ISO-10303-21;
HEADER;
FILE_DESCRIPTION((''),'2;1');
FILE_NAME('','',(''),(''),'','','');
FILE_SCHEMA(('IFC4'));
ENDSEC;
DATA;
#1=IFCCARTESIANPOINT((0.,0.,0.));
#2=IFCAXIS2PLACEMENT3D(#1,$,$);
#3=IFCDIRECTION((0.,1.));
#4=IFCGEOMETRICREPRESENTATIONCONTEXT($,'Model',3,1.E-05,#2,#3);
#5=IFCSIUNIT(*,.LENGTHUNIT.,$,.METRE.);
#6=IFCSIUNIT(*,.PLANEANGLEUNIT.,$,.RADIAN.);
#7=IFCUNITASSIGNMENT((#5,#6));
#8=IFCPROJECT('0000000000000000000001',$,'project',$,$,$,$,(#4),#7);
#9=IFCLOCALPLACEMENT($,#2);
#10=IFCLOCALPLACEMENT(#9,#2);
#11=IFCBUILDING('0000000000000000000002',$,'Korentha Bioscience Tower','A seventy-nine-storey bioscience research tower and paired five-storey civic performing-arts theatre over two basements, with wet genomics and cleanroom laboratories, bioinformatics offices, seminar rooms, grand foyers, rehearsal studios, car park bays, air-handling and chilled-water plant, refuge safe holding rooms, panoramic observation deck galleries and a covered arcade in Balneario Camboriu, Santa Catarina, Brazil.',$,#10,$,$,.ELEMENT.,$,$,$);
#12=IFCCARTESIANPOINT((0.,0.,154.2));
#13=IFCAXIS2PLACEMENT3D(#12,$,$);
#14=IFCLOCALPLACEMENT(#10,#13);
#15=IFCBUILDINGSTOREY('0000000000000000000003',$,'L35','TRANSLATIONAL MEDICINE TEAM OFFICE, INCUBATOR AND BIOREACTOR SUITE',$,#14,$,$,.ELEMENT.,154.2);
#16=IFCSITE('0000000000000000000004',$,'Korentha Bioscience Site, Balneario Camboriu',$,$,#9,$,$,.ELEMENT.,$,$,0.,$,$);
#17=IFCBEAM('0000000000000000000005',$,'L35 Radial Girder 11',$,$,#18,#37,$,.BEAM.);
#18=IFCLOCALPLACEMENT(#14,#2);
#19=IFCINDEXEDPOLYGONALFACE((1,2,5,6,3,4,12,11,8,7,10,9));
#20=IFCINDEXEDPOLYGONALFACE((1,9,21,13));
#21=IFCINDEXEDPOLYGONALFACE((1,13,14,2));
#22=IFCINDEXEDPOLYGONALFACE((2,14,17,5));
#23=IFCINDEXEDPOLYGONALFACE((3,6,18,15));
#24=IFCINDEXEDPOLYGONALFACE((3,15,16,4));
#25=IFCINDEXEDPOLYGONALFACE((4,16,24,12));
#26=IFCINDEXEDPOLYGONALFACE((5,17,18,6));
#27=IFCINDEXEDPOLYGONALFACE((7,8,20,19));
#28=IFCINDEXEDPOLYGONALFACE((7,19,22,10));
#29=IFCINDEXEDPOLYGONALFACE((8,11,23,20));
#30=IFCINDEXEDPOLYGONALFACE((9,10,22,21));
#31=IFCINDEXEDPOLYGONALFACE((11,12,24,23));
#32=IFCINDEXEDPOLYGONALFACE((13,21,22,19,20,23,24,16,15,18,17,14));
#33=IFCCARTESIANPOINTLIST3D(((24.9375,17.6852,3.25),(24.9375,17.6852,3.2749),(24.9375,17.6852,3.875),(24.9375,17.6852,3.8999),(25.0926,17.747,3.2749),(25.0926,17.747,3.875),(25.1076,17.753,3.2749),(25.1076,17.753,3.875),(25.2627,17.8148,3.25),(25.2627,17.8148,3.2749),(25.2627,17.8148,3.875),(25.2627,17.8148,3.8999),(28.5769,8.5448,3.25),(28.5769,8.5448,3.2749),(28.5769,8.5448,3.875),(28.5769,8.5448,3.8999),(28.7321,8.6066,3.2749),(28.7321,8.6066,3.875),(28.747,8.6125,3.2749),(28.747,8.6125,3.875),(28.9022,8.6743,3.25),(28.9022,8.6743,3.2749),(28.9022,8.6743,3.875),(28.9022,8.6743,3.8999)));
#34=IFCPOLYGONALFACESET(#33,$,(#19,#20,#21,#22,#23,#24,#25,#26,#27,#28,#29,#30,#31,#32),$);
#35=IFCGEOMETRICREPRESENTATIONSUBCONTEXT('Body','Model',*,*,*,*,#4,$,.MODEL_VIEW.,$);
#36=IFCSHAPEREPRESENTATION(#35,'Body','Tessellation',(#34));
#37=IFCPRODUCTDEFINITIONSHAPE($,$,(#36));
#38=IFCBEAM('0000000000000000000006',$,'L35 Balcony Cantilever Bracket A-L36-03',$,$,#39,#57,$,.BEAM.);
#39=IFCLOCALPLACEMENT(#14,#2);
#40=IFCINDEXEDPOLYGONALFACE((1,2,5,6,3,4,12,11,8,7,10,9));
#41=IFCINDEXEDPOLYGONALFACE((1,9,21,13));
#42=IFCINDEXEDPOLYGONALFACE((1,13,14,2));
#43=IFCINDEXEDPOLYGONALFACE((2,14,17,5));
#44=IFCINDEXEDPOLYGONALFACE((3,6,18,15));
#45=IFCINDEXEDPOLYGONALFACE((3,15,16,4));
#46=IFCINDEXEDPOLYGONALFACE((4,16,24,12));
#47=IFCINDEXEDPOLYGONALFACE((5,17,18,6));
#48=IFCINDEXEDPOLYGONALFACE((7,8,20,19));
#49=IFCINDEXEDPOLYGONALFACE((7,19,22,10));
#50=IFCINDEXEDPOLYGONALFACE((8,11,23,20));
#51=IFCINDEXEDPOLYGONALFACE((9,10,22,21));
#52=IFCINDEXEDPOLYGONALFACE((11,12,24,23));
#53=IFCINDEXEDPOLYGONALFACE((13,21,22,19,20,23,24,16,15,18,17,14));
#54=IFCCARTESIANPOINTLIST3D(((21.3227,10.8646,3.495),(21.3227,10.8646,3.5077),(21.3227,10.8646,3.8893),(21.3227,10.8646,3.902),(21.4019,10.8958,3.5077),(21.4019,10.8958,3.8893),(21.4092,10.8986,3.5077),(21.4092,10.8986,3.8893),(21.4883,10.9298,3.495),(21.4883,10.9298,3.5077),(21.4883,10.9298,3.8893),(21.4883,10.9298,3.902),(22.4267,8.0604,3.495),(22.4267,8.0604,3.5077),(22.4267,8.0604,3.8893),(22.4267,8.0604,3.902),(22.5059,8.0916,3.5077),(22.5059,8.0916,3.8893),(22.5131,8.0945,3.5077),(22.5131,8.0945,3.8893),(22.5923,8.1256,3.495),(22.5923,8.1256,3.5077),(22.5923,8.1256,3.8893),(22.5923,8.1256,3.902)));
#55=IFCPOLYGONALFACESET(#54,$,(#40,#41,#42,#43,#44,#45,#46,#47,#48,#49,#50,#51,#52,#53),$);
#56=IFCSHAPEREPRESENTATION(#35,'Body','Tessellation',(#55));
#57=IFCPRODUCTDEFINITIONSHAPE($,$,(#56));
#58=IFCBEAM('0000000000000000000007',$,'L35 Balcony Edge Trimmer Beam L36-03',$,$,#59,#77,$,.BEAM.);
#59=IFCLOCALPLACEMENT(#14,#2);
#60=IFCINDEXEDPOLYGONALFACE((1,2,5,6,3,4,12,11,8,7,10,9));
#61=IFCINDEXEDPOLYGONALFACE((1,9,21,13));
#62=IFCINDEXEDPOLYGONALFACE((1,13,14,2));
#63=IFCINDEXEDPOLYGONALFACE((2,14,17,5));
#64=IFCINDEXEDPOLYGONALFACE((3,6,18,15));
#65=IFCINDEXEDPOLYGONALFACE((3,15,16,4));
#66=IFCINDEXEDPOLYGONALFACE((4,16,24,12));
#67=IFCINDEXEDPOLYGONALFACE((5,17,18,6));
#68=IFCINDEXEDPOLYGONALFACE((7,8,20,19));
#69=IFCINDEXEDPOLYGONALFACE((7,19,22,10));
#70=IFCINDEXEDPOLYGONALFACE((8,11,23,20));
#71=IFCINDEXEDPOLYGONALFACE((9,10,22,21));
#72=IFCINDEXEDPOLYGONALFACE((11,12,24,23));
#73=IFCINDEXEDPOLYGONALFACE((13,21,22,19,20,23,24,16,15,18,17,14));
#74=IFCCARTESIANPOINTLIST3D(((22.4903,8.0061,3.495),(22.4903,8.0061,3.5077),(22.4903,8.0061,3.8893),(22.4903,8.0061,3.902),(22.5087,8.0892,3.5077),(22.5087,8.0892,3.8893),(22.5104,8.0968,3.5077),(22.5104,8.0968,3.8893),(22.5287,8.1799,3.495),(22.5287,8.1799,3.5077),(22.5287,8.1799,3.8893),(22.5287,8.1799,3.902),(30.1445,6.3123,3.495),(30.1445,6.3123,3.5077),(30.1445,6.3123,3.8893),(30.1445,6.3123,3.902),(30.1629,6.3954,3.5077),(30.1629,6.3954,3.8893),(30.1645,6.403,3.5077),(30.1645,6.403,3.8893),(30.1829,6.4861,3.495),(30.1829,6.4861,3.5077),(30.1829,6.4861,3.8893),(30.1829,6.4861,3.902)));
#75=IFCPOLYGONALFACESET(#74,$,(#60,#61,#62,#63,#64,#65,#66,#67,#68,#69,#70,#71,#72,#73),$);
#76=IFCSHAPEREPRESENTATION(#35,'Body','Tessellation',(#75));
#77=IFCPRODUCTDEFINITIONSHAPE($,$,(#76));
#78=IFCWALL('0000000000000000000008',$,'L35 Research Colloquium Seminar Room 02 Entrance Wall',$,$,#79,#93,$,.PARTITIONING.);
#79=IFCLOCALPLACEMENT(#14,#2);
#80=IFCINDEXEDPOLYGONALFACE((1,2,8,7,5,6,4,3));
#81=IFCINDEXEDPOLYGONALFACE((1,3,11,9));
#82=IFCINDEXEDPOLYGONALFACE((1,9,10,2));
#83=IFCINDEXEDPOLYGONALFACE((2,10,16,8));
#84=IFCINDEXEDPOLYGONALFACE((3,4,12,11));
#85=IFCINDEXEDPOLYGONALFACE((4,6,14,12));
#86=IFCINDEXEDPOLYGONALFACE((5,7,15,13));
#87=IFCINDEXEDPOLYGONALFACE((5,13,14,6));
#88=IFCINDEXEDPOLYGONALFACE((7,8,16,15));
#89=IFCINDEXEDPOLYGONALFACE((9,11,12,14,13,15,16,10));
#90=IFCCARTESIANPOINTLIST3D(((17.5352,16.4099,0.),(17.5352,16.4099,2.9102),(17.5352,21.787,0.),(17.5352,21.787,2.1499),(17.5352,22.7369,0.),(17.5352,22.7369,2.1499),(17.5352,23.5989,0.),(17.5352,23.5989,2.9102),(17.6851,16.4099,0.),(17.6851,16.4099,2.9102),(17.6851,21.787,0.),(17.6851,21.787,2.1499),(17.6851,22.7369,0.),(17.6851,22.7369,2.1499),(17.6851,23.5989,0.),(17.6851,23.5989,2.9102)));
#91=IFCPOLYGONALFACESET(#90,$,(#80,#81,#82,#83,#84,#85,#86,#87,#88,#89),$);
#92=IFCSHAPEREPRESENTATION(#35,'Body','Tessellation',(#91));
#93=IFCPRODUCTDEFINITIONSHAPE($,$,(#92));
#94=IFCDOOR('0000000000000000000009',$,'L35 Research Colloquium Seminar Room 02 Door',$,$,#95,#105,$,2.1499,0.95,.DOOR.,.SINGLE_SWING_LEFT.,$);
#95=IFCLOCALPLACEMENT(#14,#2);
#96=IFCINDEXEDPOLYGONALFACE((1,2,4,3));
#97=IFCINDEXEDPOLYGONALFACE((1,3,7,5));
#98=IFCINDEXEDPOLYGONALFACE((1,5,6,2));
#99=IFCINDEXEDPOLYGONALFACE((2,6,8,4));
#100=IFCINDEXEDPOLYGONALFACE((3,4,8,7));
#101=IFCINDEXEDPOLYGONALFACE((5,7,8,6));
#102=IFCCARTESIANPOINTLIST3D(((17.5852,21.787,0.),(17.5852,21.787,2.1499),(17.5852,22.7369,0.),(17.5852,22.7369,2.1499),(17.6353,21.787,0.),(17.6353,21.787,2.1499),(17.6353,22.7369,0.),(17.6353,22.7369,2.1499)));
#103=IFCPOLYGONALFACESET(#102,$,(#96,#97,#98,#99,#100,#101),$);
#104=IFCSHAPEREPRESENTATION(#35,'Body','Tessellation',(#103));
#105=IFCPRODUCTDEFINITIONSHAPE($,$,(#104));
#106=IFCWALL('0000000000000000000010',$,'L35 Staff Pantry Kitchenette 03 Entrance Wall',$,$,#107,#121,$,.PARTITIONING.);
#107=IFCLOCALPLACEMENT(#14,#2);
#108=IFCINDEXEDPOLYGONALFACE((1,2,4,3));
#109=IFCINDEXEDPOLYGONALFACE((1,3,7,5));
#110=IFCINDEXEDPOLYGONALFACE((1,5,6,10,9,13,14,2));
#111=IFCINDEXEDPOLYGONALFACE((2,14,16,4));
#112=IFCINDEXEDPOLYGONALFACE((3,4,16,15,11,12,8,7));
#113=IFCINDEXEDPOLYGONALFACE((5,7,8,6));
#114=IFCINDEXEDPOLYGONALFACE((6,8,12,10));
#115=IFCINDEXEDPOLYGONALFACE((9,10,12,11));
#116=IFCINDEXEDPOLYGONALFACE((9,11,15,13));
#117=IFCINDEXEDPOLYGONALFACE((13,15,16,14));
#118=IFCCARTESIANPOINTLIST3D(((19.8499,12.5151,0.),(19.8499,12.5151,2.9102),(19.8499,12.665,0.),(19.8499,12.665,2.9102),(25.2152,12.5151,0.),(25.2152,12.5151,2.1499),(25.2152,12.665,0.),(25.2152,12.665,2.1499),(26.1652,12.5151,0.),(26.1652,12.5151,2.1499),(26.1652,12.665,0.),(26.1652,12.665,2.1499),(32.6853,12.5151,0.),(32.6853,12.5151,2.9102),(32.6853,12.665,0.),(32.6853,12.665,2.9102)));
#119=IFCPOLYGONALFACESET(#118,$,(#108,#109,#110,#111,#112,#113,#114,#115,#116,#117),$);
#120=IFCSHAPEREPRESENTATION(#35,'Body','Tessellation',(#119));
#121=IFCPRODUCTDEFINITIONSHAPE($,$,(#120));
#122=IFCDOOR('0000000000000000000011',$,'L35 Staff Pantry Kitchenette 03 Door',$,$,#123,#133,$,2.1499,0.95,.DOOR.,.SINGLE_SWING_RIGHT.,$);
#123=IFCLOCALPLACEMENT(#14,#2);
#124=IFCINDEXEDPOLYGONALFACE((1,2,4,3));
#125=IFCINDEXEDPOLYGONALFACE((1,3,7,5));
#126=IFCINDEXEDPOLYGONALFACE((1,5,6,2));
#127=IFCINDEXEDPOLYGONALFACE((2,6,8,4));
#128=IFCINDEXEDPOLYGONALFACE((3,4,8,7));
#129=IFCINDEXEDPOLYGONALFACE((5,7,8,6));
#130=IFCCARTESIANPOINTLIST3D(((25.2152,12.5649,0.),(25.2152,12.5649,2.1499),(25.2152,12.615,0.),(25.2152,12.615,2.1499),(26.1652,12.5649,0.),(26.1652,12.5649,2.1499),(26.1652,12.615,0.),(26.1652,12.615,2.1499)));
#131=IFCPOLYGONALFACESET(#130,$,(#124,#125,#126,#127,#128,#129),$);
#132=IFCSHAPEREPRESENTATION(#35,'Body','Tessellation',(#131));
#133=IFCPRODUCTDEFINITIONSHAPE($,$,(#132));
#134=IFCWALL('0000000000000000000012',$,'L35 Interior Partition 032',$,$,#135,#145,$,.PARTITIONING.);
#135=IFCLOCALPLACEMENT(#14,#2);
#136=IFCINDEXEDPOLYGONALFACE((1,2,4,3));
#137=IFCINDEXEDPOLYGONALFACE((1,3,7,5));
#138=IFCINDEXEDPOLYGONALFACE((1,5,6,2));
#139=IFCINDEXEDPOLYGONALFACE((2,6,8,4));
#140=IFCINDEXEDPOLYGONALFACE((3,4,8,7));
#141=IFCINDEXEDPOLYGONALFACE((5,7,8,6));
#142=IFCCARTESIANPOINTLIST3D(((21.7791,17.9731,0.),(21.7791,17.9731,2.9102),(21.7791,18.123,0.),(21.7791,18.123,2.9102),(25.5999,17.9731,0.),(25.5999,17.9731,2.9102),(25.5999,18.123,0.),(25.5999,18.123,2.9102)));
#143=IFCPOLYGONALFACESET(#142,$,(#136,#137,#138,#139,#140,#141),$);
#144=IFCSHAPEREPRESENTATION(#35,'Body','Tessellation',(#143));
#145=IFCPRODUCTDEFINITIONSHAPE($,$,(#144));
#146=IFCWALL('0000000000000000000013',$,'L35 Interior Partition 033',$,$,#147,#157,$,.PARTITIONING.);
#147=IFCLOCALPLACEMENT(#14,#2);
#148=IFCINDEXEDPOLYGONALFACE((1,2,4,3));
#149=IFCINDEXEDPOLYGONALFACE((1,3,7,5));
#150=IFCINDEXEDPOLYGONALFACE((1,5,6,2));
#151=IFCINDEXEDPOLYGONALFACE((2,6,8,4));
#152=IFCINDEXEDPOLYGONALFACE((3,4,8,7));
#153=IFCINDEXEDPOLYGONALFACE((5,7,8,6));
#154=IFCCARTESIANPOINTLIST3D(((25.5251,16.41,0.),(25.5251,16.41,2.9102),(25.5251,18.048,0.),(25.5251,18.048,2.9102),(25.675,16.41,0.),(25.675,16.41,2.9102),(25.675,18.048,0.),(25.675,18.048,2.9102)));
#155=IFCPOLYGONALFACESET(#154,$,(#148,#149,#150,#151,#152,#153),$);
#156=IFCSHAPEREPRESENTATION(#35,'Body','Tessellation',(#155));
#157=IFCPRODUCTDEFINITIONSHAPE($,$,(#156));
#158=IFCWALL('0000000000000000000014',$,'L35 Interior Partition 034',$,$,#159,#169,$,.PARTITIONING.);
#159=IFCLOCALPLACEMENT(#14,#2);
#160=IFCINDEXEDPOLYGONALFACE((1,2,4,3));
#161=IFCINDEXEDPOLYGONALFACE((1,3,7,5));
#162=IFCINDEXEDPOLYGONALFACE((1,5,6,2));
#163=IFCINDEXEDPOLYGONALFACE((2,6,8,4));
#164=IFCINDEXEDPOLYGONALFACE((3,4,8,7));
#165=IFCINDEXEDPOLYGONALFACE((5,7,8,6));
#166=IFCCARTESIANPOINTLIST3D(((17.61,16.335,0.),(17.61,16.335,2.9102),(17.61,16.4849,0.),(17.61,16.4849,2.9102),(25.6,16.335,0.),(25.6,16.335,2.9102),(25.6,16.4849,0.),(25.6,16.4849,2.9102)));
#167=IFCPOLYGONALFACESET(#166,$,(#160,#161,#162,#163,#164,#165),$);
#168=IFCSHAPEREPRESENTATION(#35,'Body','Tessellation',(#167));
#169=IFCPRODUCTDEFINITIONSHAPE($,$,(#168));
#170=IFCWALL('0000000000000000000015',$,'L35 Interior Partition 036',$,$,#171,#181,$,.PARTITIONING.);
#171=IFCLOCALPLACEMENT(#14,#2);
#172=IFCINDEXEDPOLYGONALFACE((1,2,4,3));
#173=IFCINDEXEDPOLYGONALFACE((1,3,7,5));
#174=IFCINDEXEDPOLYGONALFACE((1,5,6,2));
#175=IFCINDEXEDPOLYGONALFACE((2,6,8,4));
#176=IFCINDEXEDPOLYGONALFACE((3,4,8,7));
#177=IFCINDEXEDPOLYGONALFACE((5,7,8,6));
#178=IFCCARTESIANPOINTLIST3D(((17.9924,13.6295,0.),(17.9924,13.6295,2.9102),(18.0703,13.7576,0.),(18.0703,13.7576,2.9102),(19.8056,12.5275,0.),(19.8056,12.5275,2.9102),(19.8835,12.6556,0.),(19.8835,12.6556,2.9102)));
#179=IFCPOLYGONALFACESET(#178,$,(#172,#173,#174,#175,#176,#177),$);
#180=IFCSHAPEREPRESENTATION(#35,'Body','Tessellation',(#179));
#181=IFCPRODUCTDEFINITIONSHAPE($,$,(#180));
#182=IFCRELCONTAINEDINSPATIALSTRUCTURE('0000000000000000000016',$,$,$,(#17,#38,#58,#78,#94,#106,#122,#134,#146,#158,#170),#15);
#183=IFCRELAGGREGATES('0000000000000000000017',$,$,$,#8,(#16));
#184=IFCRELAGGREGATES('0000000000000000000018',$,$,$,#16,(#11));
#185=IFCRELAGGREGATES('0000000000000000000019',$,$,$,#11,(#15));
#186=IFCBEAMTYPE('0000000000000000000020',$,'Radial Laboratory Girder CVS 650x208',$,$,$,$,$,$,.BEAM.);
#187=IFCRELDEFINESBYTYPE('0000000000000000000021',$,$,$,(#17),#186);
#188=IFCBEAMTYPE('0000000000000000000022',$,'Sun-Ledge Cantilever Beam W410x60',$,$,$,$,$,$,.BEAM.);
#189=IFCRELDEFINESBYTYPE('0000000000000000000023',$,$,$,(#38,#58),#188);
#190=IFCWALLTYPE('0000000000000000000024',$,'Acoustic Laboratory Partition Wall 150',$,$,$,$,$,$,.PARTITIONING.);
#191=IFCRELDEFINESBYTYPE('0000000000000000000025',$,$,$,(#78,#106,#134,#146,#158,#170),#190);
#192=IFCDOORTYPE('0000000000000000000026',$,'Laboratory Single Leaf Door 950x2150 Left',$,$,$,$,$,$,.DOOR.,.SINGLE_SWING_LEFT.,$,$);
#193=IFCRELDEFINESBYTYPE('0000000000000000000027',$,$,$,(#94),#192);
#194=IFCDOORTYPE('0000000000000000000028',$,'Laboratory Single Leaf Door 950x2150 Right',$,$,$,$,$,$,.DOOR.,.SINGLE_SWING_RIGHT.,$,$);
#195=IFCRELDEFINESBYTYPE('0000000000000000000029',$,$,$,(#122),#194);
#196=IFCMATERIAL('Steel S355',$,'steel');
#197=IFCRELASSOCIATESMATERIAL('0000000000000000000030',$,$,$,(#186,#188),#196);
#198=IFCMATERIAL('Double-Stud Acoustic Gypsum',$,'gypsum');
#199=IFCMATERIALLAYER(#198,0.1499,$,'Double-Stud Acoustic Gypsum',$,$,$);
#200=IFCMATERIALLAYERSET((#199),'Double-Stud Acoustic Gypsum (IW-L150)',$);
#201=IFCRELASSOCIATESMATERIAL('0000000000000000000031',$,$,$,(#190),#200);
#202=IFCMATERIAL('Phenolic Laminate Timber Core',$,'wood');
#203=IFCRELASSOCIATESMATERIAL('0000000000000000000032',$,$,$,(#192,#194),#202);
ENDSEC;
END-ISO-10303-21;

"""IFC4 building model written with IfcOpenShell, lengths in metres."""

from ifc_helpers import new_model, si_unit, direction, frame, frame_2d, origin, origin_2d, place, context, subcontext, project, spatial, rectangle, i_section, extrude, material, layer, layer_set, material_profile, profile_set, type_object, element, fill, save


model = new_model("IFC4")

# Units and contexts
model_context = context("Model", 3, precision=1e-05, world=origin(), true_north=direction((0.0, 1.0)))
body_context = subcontext(model_context, "Body", "Model", "MODEL_VIEW")
ifc_project = project(units=[si_unit("LENGTHUNIT", "METRE"), si_unit("PLANEANGLEUNIT", "RADIAN")], contexts=[model_context])

# Site, building, storey
site_placement = place(None, origin())
site = spatial("IfcSite", under=ifc_project, at=site_placement, Name="Korentha Bioscience Site, Balneario Camboriu", CompositionType="ELEMENT", RefElevation=0.0)
building_placement = place(site_placement, origin())
building = spatial("IfcBuilding", under=site, at=building_placement, Name="Korentha Bioscience Tower", Description="A seventy-nine-storey bioscience research tower and paired five-storey civic performing-arts theatre over two basements, with wet genomics and cleanroom laboratories, bioinformatics offices, seminar rooms, grand foyers, rehearsal studios, car park bays, air-handling and chilled-water plant, refuge safe holding rooms, panoramic observation deck galleries and a covered arcade in Balneario Camboriu, Santa Catarina, Brazil.", CompositionType="ELEMENT")
storey_placement = place(building_placement, frame((0.0, 0.0, 154.2)))
storey = spatial("IfcBuildingStorey", under=building, at=storey_placement, Name="L35", Description="TRANSLATIONAL MEDICINE TEAM OFFICE, INCUBATOR AND BIOREACTOR SUITE", CompositionType="ELEMENT", Elevation=154.2)

# Beams
ifc_material_1 = material(Name="Steel S355", Category="steel")
ifc_material_profile_1 = material_profile(ifc_material_1, i_section(OverallWidth=0.3501, OverallDepth=0.6499, WebThickness=0.0161, FlangeThickness=0.0249, at=origin_2d()), Name="Steel S355")
ifc_profile_set_1 = profile_set([ifc_material_profile_1], Name="Steel S355 (RB-650)")
beam_type_1 = type_object("IfcBeamType", Name="Radial Laboratory Girder CVS 650x208", PredefinedType="BEAM", material=ifc_profile_set_1)
beam_1_placement = place(storey_placement, frame((25.1001, 17.75, 3.575), z_axis=(0.369923, -0.929063, 0.0), x_axis=(0.929063, 0.369923, 0.0)))
element("IfcBeam", 1, at=beam_1_placement, inside=storey, type_object=beam_type_1, Name="L35 Radial Girder 11", PredefinedType="BEAM", context=body_context, shape_type="SweptSolid", body=[
    extrude(i_section(OverallWidth=0.3501, OverallDepth=0.6499, WebThickness=0.0161, FlangeThickness=0.0249, at=origin_2d()), origin(), (0.0, 0.0, 1.0), 9.8384),
])
ifc_material_profile_2 = material_profile(ifc_material_1, i_section(OverallWidth=0.178, OverallDepth=0.407, WebThickness=0.0078, FlangeThickness=0.0127, at=origin_2d()), Name="Steel S355")
ifc_profile_set_2 = profile_set([ifc_material_profile_2], Name="Steel S355 (CB-410)")
beam_type_2 = type_object("IfcBeamType", Name="Sun-Ledge Cantilever Beam W410x60", PredefinedType="BEAM", material=ifc_profile_set_2)
beam_2_placement = place(storey_placement, frame((21.4055, 10.8972, 3.6985), z_axis=(0.366329, -0.930485, 0.0), x_axis=(0.930485, 0.366329, 0.0)))
element("IfcBeam", 2, at=beam_2_placement, inside=storey, type_object=beam_type_2, Name="L35 Balcony Cantilever Bracket A-L36-03", PredefinedType="BEAM", context=body_context, shape_type="SweptSolid", body=[
    extrude(i_section(OverallWidth=0.178, OverallDepth=0.407, WebThickness=0.0078, FlangeThickness=0.0127, at=origin_2d()), origin(), (0.0, 0.0, 1.0), 3.0137),
])
beam_3_placement = place(storey_placement, frame((22.5095, 8.093, 3.6985), z_axis=(0.976379, -0.216066, 0.0), x_axis=(0.216066, 0.976379, 0.0)))
element("IfcBeam", 3, at=beam_3_placement, inside=storey, type_object=beam_type_2, Name="L35 Balcony Edge Trimmer Beam L36-03", PredefinedType="BEAM", context=body_context, shape_type="SweptSolid", body=[
    extrude(i_section(OverallWidth=0.178, OverallDepth=0.407, WebThickness=0.0078, FlangeThickness=0.0127, at=origin_2d()), origin(), (0.0, 0.0, 1.0), 7.8394),
])

# Walls, openings, doors
ifc_material_2 = material(Name="Double-Stud Acoustic Gypsum", Category="gypsum")
ifc_layer_1 = layer(ifc_material_2, 0.1499, Name="Double-Stud Acoustic Gypsum")
ifc_layer_set_1 = layer_set([ifc_layer_1], Name="Double-Stud Acoustic Gypsum (IW-L150)")
wall_type_1 = type_object("IfcWallType", Name="Acoustic Laboratory Partition Wall 150", PredefinedType="PARTITIONING", material=ifc_layer_set_1)
wall_1_placement = place(storey_placement, frame((17.6101, 16.4099, 0.0), z_axis=(0.0, 0.0, 1.0), x_axis=(0.0, 1.0, 0.0)))
wall_1 = element("IfcWall", 4, at=wall_1_placement, inside=storey, type_object=wall_type_1, Name="L35 Research Colloquium Seminar Room 02 Entrance Wall", PredefinedType="PARTITIONING", context=body_context, shape_type="SweptSolid", body=[
    extrude(rectangle(XDim=7.189, YDim=0.1499, at=frame_2d((3.5945, 0.0))), origin(), (0.0, 0.0, 1.0), 2.9102),
])
opening_1_placement = place(wall_1_placement, frame((5.377, 0.0, 0.0)))
opening_1 = element("IfcOpeningElement", 5, at=opening_1_placement, cuts=wall_1, PredefinedType="OPENING", context=body_context, shape_type="SweptSolid", body=[
    extrude(rectangle(XDim=0.95, YDim=2.1499, at=frame_2d((0.4751, 1.075))), frame((0.0, 0.0898, 0.0), z_axis=(0.0, -1.0, 0.0), x_axis=(1.0, 0.0, 0.0)), (0.0, 0.0, 1.0), 0.1797),
])
ifc_material_3 = material(Name="Phenolic Laminate Timber Core", Category="wood")
door_type_1 = type_object("IfcDoorType", Name="Laboratory Single Leaf Door 950x2150 Left", OperationType="SINGLE_SWING_LEFT", PredefinedType="DOOR", material=ifc_material_3)
door_1_placement = place(opening_1_placement, origin())
door_1 = element("IfcDoor", 6, at=door_1_placement, inside=storey, type_object=door_type_1, Name="L35 Research Colloquium Seminar Room 02 Door", OperationType="SINGLE_SWING_LEFT", OverallHeight=2.1499, OverallWidth=0.95, PredefinedType="DOOR", context=body_context, shape_type="SweptSolid", body=[
    extrude(rectangle(XDim=0.95, YDim=2.1499, at=frame_2d((0.4751, 1.075))), frame((0.0, 0.0249, 0.0), z_axis=(0.0, -1.0, 0.0), x_axis=(1.0, 0.0, 0.0)), (0.0, 0.0, 1.0), 0.05),
])
fill(opening_1, door_1)
wall_2_placement = place(storey_placement, frame((19.8499, 12.5901, 0.0), z_axis=(0.0, 0.0, 1.0), x_axis=(1.0, 0.0, 0.0)))
wall_2 = element("IfcWall", 7, at=wall_2_placement, inside=storey, type_object=wall_type_1, Name="L35 Staff Pantry Kitchenette 03 Entrance Wall", PredefinedType="PARTITIONING", context=body_context, shape_type="SweptSolid", body=[
    extrude(rectangle(XDim=12.8354, YDim=0.1499, at=frame_2d((6.4177, 0.0))), origin(), (0.0, 0.0, 1.0), 2.9102),
])
opening_2_placement = place(wall_2_placement, frame((5.3652, 0.0, 0.0)))
opening_2 = element("IfcOpeningElement", 8, at=opening_2_placement, cuts=wall_2, PredefinedType="OPENING", context=body_context, shape_type="SweptSolid", body=[
    extrude(rectangle(XDim=0.95, YDim=2.1499, at=frame_2d((0.4751, 1.075))), frame((0.0, 0.0898, 0.0), z_axis=(0.0, -1.0, 0.0), x_axis=(1.0, 0.0, 0.0)), (0.0, 0.0, 1.0), 0.1797),
])
door_type_2 = type_object("IfcDoorType", Name="Laboratory Single Leaf Door 950x2150 Right", OperationType="SINGLE_SWING_RIGHT", PredefinedType="DOOR", material=ifc_material_3)
door_2_placement = place(opening_2_placement, origin())
door_2 = element("IfcDoor", 9, at=door_2_placement, inside=storey, type_object=door_type_2, Name="L35 Staff Pantry Kitchenette 03 Door", OperationType="SINGLE_SWING_RIGHT", OverallHeight=2.1499, OverallWidth=0.95, PredefinedType="DOOR", context=body_context, shape_type="SweptSolid", body=[
    extrude(rectangle(XDim=0.95, YDim=2.1499, at=frame_2d((0.4751, 1.075))), frame((0.0, 0.0249, 0.0), z_axis=(0.0, -1.0, 0.0), x_axis=(1.0, 0.0, 0.0)), (0.0, 0.0, 1.0), 0.05),
])
fill(opening_2, door_2)

# Walls
wall_3_placement = place(storey_placement, frame((21.7791, 18.0481, 0.0), z_axis=(0.0, 0.0, 1.0), x_axis=(1.0, 0.0, 0.0)))
element("IfcWall", 10, at=wall_3_placement, inside=storey, type_object=wall_type_1, Name="L35 Interior Partition 032", PredefinedType="PARTITIONING", context=body_context, shape_type="SweptSolid", body=[
    extrude(rectangle(XDim=3.8208, YDim=0.1499, at=frame_2d((1.9104, 0.0))), origin(), (0.0, 0.0, 1.0), 2.9102),
])
wall_4_placement = place(storey_placement, frame((25.6001, 18.0479, 0.0), z_axis=(0.0, 0.0, 1.0), x_axis=(0.0, -1.0, 0.0)))
element("IfcWall", 11, at=wall_4_placement, inside=storey, type_object=wall_type_1, Name="L35 Interior Partition 033", PredefinedType="PARTITIONING", context=body_context, shape_type="SweptSolid", body=[
    extrude(rectangle(XDim=1.6379, YDim=0.1499, at=frame_2d((0.8188, 0.0))), origin(), (0.0, 0.0, 1.0), 2.9102),
])
wall_5_placement = place(storey_placement, frame((25.6001, 16.4099, 0.0), z_axis=(0.0, 0.0, 1.0), x_axis=(-1.0, 0.0, 0.0)))
element("IfcWall", 12, at=wall_5_placement, inside=storey, type_object=wall_type_1, Name="L35 Interior Partition 034", PredefinedType="PARTITIONING", context=body_context, shape_type="SweptSolid", body=[
    extrude(rectangle(XDim=7.99, YDim=0.1499, at=frame_2d((3.9951, 0.0))), origin(), (0.0, 0.0, 1.0), 2.9102),
])
wall_6_placement = place(storey_placement, frame((18.0312, 13.6936, 0.0), z_axis=(0.0, 0.0, 1.0), x_axis=(0.854545, -0.519377, 0.0)))
element("IfcWall", 13, at=wall_6_placement, inside=storey, type_object=wall_type_1, Name="L35 Interior Partition 036", PredefinedType="PARTITIONING", context=body_context, shape_type="SweptSolid", body=[
    extrude(rectangle(XDim=2.1218, YDim=0.1499, at=frame_2d((1.061, 0.0))), origin(), (0.0, 0.0, 1.0), 2.9102),
])

save(model, "model.ifc")
